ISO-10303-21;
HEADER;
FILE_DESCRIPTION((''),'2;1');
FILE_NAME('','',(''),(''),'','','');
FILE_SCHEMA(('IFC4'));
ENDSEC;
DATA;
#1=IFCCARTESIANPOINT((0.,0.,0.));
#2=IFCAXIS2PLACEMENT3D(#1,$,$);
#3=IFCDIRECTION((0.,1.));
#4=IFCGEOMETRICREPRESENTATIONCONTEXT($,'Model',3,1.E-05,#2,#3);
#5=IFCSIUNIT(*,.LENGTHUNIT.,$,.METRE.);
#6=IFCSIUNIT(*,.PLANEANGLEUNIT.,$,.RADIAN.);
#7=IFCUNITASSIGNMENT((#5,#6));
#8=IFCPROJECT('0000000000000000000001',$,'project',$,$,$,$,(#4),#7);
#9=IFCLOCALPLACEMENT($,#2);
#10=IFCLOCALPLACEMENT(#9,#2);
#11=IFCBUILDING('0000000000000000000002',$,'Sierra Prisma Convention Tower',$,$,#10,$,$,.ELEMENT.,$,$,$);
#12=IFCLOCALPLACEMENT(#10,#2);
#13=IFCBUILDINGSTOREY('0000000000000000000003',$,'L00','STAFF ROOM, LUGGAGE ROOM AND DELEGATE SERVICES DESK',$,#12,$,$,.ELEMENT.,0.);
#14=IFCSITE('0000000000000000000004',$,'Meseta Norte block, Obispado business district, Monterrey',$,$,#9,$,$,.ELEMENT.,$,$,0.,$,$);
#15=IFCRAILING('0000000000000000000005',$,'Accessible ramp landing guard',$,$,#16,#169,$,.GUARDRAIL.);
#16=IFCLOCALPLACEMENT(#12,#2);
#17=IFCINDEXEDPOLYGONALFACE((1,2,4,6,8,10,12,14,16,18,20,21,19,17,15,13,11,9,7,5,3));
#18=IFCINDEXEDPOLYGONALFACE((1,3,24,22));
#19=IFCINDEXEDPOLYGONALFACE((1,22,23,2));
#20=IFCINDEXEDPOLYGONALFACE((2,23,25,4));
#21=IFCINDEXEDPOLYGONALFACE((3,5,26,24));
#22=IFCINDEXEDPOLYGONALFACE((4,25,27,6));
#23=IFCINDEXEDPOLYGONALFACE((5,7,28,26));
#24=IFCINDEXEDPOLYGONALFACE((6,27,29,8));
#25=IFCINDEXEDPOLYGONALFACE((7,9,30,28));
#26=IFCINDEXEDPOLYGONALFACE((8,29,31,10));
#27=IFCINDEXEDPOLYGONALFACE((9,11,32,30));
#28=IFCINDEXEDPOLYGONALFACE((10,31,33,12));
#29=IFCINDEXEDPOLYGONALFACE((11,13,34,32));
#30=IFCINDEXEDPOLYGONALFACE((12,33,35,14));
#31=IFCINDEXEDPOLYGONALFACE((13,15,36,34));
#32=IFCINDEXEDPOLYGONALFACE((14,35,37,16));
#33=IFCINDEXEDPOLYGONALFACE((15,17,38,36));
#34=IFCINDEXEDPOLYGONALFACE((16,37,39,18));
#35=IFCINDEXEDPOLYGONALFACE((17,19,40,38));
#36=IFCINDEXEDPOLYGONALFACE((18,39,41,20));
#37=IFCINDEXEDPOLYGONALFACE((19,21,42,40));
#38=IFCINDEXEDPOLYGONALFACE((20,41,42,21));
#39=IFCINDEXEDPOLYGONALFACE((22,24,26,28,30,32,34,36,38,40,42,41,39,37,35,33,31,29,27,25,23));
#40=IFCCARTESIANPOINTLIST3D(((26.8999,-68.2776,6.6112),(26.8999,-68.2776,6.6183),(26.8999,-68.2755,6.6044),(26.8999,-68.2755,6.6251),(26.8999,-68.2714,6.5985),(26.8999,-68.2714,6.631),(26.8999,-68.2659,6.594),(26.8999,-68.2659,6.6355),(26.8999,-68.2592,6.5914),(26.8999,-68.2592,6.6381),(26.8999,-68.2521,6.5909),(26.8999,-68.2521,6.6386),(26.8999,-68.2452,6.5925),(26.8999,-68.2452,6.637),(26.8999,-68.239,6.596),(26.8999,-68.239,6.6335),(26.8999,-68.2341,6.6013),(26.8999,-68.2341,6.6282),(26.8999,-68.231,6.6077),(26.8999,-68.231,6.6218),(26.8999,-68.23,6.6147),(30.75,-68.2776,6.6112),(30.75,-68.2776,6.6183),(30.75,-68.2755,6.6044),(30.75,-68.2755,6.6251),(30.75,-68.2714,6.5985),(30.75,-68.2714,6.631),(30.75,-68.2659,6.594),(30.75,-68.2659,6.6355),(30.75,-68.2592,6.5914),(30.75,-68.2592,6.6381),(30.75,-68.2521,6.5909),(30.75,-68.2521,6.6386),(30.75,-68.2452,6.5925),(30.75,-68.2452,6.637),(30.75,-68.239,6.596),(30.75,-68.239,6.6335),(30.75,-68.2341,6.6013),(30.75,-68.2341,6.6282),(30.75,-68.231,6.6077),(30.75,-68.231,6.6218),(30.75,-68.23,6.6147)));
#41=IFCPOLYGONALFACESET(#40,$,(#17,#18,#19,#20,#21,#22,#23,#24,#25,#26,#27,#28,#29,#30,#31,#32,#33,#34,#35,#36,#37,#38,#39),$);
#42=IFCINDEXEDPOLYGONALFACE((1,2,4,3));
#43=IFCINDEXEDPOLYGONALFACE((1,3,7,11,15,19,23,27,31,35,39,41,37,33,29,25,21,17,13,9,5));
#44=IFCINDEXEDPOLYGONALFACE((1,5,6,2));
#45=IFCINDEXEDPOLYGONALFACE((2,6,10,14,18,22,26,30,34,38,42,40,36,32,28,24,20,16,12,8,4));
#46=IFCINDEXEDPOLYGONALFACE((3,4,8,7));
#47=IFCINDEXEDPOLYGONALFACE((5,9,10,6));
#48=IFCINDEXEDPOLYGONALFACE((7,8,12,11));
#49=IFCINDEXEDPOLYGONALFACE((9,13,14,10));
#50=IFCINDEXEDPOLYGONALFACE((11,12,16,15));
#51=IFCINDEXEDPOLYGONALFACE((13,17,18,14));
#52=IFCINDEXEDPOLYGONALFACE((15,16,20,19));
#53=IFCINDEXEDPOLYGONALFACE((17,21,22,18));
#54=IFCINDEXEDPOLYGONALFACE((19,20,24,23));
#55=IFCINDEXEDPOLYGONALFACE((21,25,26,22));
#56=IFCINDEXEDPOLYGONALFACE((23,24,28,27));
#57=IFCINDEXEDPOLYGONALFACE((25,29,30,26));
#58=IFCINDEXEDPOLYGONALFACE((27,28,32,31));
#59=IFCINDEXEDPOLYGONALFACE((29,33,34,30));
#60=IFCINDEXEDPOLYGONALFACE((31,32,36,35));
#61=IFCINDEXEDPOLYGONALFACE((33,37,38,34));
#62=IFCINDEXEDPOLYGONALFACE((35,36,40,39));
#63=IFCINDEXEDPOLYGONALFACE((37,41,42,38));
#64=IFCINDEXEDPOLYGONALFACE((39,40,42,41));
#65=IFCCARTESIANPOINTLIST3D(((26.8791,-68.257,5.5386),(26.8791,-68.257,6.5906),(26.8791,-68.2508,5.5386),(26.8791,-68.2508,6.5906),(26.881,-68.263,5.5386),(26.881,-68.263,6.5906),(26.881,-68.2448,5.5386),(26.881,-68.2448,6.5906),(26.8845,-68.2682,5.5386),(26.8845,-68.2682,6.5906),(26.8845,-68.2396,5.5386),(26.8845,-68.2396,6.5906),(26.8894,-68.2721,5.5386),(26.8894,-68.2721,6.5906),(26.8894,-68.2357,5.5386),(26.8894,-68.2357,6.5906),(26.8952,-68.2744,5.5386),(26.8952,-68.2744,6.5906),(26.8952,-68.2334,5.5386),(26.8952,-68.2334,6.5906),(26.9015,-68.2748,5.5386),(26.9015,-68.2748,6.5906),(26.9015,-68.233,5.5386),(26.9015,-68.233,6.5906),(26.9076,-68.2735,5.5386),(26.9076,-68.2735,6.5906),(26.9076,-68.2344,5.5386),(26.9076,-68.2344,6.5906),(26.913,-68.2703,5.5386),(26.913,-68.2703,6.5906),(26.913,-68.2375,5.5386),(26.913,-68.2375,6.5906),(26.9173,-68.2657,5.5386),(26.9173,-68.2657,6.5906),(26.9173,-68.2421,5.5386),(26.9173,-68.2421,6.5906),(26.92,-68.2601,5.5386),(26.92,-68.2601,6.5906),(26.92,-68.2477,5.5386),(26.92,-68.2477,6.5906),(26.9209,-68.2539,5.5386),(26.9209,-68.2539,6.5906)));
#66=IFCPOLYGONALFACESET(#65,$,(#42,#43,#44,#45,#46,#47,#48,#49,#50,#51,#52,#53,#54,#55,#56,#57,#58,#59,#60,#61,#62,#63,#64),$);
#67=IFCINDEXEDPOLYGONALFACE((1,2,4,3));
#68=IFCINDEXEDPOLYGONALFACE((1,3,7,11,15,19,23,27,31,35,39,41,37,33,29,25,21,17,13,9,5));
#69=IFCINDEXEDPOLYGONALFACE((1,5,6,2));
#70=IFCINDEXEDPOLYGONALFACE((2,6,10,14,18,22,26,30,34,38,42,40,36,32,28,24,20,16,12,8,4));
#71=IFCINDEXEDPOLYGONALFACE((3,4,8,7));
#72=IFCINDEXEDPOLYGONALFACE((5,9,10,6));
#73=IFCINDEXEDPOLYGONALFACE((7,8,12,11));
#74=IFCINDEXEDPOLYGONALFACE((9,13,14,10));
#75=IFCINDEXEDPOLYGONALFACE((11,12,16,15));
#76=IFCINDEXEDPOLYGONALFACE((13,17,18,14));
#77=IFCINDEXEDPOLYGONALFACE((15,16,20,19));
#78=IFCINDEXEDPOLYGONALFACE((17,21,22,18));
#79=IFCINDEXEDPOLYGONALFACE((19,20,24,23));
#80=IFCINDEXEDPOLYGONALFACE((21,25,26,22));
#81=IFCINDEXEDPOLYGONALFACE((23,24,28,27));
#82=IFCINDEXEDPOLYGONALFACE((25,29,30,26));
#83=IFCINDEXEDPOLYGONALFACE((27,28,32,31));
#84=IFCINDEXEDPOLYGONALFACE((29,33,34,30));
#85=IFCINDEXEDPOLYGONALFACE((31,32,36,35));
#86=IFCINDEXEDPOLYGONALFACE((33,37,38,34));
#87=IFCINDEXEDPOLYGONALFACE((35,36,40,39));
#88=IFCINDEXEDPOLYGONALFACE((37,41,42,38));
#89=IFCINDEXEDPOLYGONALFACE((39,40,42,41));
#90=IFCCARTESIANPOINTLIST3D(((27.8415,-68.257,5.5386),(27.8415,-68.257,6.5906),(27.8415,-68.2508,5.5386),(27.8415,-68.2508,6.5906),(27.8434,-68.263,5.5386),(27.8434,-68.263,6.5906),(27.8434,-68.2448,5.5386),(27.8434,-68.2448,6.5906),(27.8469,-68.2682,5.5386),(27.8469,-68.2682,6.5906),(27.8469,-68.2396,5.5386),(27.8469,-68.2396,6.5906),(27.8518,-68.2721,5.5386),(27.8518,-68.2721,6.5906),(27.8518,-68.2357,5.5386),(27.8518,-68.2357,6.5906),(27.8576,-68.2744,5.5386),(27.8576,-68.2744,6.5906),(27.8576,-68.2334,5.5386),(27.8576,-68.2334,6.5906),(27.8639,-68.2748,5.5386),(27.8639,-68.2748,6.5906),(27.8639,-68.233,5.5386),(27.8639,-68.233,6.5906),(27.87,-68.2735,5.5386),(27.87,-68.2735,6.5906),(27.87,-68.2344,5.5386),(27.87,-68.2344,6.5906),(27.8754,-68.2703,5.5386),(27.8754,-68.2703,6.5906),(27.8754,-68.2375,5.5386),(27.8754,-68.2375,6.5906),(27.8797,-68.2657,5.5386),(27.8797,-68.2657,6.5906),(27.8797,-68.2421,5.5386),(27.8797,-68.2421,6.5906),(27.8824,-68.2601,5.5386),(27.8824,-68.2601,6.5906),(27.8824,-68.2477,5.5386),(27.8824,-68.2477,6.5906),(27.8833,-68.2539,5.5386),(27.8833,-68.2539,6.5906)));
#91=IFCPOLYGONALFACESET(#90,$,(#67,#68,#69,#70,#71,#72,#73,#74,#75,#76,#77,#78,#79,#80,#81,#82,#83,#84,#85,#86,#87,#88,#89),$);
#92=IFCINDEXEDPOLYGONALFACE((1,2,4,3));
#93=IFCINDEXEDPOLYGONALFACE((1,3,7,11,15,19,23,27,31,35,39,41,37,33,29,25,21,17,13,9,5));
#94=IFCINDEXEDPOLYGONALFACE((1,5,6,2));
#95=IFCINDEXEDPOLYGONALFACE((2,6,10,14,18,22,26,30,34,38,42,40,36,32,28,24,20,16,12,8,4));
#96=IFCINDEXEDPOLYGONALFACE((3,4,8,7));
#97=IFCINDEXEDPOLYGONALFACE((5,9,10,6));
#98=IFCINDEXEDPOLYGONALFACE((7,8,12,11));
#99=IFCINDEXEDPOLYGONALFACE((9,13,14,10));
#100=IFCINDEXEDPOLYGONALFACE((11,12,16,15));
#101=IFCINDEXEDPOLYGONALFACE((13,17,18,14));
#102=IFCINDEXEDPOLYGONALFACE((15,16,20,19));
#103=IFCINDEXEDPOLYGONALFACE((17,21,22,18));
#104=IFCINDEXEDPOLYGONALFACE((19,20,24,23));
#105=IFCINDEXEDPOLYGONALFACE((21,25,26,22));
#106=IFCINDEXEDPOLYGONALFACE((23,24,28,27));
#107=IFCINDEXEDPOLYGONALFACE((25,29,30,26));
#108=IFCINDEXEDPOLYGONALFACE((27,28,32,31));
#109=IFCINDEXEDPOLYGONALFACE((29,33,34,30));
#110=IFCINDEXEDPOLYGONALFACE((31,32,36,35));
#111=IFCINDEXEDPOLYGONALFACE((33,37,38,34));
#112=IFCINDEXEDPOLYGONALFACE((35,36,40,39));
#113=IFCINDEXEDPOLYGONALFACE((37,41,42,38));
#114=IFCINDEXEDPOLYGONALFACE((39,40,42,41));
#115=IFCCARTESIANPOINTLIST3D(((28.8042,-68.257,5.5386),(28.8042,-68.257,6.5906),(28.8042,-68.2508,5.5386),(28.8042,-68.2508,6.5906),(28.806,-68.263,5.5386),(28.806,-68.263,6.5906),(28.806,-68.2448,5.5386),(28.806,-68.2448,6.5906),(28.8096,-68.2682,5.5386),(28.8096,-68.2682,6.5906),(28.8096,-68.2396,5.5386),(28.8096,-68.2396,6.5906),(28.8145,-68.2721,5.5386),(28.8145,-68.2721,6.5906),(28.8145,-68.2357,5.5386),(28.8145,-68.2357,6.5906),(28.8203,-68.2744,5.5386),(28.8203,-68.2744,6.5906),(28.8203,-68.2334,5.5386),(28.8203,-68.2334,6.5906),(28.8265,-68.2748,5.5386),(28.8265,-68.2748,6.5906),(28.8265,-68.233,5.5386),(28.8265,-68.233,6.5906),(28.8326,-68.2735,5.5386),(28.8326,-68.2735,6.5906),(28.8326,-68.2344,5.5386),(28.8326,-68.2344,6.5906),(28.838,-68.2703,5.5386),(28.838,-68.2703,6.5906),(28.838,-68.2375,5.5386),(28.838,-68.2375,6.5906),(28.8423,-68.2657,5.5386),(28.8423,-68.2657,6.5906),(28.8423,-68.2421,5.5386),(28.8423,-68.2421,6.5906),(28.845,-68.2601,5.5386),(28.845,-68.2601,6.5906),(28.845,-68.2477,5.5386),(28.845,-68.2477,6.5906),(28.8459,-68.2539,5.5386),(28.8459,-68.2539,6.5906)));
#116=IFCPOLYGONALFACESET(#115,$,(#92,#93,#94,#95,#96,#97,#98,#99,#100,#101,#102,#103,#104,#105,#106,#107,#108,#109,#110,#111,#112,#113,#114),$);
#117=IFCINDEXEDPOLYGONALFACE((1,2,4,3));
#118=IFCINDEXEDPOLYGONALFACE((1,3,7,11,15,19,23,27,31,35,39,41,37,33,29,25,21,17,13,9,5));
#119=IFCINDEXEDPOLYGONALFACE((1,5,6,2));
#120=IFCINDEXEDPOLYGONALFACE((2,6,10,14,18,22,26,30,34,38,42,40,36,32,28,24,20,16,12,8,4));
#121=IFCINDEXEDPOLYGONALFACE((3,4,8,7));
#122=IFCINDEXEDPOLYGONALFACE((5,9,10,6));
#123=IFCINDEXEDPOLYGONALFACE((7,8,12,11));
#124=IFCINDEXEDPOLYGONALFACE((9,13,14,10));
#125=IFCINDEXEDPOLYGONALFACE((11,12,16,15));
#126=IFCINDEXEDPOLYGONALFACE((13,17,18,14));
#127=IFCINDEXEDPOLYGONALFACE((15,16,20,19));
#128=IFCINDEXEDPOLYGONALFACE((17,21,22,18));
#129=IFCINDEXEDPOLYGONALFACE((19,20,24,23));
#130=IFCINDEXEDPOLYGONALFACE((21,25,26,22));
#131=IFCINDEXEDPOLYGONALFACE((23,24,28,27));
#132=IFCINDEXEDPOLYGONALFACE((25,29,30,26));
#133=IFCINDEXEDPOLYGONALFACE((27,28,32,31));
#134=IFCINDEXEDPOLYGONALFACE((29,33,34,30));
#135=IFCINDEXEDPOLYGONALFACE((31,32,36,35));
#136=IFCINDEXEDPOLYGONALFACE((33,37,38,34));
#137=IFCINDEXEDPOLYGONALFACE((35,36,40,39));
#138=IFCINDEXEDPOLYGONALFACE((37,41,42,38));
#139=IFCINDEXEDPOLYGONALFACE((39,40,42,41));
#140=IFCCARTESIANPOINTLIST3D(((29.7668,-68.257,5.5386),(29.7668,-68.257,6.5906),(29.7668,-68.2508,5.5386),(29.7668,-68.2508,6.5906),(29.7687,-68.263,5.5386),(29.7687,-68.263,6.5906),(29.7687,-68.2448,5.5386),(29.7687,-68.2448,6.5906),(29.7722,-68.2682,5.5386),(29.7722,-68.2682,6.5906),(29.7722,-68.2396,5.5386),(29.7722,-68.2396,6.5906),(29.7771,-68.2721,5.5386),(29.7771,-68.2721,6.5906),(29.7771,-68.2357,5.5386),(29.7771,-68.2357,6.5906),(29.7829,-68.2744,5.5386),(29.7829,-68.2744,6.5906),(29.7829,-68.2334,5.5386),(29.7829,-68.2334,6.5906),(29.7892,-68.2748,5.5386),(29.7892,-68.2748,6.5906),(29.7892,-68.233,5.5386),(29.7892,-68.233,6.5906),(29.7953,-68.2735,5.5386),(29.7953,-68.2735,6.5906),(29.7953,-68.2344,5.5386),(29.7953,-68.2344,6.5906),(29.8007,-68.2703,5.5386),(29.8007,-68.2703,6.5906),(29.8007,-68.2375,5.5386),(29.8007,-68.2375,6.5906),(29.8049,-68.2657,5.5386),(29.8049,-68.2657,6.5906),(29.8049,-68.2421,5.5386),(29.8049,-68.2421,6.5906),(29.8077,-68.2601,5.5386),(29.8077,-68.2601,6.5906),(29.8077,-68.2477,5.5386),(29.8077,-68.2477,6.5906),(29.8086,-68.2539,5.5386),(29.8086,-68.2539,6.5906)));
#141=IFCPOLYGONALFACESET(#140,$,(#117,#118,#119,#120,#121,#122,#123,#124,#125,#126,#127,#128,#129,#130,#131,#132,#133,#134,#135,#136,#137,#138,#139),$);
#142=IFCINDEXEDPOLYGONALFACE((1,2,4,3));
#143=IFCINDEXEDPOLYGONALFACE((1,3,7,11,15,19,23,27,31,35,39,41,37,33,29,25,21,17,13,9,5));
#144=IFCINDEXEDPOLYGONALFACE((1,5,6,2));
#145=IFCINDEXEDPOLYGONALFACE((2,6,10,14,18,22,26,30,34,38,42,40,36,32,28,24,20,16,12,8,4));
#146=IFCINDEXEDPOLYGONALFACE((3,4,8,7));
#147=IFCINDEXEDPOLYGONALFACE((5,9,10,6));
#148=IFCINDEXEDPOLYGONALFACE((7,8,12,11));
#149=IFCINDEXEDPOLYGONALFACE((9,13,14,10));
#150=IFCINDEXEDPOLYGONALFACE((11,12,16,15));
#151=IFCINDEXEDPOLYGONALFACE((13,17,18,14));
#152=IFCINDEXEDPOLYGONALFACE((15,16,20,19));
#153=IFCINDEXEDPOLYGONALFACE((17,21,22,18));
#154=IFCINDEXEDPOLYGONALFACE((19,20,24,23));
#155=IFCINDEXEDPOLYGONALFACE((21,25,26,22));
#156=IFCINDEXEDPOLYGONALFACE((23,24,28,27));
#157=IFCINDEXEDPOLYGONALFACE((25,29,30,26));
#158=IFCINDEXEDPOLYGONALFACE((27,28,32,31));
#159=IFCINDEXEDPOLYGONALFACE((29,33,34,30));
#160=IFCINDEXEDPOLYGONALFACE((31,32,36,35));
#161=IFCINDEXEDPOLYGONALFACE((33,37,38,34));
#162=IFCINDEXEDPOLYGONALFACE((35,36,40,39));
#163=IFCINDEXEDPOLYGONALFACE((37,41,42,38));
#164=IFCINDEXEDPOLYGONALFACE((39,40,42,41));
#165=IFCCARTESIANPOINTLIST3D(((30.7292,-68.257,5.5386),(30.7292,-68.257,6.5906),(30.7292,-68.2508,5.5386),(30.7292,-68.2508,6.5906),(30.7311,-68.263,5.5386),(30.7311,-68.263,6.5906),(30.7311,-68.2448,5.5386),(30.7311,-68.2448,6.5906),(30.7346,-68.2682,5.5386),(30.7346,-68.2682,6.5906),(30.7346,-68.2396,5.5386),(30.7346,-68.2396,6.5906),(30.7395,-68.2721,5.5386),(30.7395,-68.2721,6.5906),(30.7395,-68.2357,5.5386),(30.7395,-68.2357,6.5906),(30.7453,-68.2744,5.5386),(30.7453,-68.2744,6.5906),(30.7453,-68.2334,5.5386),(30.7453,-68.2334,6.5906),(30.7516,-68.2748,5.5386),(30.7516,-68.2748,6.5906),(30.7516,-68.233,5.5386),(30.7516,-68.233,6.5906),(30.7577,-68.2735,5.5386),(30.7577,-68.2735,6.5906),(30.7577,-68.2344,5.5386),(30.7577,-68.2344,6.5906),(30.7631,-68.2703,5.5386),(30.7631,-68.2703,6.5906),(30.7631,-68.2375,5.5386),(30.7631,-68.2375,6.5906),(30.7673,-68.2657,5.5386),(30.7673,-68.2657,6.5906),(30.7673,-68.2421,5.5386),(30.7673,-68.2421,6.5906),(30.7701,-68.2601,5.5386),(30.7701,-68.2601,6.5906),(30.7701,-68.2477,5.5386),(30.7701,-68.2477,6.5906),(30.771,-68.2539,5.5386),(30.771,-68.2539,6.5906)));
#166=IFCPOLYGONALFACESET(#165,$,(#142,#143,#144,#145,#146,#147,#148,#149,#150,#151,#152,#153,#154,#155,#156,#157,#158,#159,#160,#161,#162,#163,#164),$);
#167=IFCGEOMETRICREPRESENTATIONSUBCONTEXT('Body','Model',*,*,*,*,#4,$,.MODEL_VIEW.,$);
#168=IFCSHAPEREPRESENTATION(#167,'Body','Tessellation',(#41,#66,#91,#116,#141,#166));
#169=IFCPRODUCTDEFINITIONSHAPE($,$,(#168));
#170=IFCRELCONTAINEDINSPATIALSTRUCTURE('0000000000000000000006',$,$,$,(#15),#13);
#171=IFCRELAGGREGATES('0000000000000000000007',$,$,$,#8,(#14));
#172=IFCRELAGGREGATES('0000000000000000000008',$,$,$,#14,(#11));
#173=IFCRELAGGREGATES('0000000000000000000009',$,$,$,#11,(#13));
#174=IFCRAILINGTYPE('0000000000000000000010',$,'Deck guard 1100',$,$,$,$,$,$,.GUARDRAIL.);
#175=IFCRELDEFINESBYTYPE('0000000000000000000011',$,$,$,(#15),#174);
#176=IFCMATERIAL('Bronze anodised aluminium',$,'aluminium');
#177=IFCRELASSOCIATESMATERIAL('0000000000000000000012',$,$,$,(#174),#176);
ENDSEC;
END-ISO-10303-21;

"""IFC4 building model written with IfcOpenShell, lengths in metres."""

from ifc_helpers import new_model, si_unit, direction, frame, origin, origin_2d, place, context, subcontext, project, spatial, circle, extrude, material, type_object, element, save


model = new_model("IFC4")

# Units and contexts
model_context = context("Model", 3, precision=1e-05, world=origin(), true_north=direction((0.0, 1.0)))
body_context = subcontext(model_context, "Body", "Model", "MODEL_VIEW")
ifc_project = project(units=[si_unit("LENGTHUNIT", "METRE"), si_unit("PLANEANGLEUNIT", "RADIAN")], contexts=[model_context])

# Site, building, storey
site_placement = place(None, origin())
site = spatial("IfcSite", under=ifc_project, at=site_placement, Name="Meseta Norte block, Obispado business district, Monterrey", CompositionType="ELEMENT", RefElevation=0.0)
building_placement = place(site_placement, origin())
building = spatial("IfcBuilding", under=site, at=building_placement, Name="Sierra Prisma Convention Tower", CompositionType="ELEMENT")
storey_placement = place(building_placement, origin())
storey = spatial("IfcBuildingStorey", under=building, at=storey_placement, Name="L00", Description="STAFF ROOM, LUGGAGE ROOM AND DELEGATE SERVICES DESK", CompositionType="ELEMENT", Elevation=0.0)

# Railing
ifc_material_1 = material(Name="Bronze anodised aluminium", Category="aluminium")
railing_type_1 = type_object("IfcRailingType", Name="Deck guard 1100", PredefinedType="GUARDRAIL", material=ifc_material_1)
for number, where, name in (
    (1, (26.8999, -68.2539, 5.5386), "Accessible ramp landing guard"),
):
    element("IfcRailing", number, at=place(storey_placement, frame(where)), inside=storey, type_object=railing_type_1, Name=name, PredefinedType="GUARDRAIL", context=body_context, shape_type="SweptSolid", body=[
        extrude(circle(Radius=0.0239, at=origin_2d()), frame((0.0, 0.0, 1.0762), z_axis=(1.0, 0.0, 0.0), x_axis=(0.0, 1.0, 0.0)), (0.0, 0.0, 1.0), 3.8501),
        extrude(circle(Radius=0.021, at=origin_2d()), origin(), (0.0, 0.0, 1.0), 1.052),
        extrude(circle(Radius=0.021, at=origin_2d()), frame((0.9624, 0.0, 0.0)), (0.0, 0.0, 1.0), 1.052),
        extrude(circle(Radius=0.021, at=origin_2d()), frame((1.925, 0.0, 0.0)), (0.0, 0.0, 1.0), 1.052),
        extrude(circle(Radius=0.021, at=origin_2d()), frame((2.8877, 0.0, 0.0)), (0.0, 0.0, 1.0), 1.052),
        extrude(circle(Radius=0.021, at=origin_2d()), frame((3.8501, 0.0, 0.0)), (0.0, 0.0, 1.0), 1.052),
    ])

save(model, "model.ifc")
